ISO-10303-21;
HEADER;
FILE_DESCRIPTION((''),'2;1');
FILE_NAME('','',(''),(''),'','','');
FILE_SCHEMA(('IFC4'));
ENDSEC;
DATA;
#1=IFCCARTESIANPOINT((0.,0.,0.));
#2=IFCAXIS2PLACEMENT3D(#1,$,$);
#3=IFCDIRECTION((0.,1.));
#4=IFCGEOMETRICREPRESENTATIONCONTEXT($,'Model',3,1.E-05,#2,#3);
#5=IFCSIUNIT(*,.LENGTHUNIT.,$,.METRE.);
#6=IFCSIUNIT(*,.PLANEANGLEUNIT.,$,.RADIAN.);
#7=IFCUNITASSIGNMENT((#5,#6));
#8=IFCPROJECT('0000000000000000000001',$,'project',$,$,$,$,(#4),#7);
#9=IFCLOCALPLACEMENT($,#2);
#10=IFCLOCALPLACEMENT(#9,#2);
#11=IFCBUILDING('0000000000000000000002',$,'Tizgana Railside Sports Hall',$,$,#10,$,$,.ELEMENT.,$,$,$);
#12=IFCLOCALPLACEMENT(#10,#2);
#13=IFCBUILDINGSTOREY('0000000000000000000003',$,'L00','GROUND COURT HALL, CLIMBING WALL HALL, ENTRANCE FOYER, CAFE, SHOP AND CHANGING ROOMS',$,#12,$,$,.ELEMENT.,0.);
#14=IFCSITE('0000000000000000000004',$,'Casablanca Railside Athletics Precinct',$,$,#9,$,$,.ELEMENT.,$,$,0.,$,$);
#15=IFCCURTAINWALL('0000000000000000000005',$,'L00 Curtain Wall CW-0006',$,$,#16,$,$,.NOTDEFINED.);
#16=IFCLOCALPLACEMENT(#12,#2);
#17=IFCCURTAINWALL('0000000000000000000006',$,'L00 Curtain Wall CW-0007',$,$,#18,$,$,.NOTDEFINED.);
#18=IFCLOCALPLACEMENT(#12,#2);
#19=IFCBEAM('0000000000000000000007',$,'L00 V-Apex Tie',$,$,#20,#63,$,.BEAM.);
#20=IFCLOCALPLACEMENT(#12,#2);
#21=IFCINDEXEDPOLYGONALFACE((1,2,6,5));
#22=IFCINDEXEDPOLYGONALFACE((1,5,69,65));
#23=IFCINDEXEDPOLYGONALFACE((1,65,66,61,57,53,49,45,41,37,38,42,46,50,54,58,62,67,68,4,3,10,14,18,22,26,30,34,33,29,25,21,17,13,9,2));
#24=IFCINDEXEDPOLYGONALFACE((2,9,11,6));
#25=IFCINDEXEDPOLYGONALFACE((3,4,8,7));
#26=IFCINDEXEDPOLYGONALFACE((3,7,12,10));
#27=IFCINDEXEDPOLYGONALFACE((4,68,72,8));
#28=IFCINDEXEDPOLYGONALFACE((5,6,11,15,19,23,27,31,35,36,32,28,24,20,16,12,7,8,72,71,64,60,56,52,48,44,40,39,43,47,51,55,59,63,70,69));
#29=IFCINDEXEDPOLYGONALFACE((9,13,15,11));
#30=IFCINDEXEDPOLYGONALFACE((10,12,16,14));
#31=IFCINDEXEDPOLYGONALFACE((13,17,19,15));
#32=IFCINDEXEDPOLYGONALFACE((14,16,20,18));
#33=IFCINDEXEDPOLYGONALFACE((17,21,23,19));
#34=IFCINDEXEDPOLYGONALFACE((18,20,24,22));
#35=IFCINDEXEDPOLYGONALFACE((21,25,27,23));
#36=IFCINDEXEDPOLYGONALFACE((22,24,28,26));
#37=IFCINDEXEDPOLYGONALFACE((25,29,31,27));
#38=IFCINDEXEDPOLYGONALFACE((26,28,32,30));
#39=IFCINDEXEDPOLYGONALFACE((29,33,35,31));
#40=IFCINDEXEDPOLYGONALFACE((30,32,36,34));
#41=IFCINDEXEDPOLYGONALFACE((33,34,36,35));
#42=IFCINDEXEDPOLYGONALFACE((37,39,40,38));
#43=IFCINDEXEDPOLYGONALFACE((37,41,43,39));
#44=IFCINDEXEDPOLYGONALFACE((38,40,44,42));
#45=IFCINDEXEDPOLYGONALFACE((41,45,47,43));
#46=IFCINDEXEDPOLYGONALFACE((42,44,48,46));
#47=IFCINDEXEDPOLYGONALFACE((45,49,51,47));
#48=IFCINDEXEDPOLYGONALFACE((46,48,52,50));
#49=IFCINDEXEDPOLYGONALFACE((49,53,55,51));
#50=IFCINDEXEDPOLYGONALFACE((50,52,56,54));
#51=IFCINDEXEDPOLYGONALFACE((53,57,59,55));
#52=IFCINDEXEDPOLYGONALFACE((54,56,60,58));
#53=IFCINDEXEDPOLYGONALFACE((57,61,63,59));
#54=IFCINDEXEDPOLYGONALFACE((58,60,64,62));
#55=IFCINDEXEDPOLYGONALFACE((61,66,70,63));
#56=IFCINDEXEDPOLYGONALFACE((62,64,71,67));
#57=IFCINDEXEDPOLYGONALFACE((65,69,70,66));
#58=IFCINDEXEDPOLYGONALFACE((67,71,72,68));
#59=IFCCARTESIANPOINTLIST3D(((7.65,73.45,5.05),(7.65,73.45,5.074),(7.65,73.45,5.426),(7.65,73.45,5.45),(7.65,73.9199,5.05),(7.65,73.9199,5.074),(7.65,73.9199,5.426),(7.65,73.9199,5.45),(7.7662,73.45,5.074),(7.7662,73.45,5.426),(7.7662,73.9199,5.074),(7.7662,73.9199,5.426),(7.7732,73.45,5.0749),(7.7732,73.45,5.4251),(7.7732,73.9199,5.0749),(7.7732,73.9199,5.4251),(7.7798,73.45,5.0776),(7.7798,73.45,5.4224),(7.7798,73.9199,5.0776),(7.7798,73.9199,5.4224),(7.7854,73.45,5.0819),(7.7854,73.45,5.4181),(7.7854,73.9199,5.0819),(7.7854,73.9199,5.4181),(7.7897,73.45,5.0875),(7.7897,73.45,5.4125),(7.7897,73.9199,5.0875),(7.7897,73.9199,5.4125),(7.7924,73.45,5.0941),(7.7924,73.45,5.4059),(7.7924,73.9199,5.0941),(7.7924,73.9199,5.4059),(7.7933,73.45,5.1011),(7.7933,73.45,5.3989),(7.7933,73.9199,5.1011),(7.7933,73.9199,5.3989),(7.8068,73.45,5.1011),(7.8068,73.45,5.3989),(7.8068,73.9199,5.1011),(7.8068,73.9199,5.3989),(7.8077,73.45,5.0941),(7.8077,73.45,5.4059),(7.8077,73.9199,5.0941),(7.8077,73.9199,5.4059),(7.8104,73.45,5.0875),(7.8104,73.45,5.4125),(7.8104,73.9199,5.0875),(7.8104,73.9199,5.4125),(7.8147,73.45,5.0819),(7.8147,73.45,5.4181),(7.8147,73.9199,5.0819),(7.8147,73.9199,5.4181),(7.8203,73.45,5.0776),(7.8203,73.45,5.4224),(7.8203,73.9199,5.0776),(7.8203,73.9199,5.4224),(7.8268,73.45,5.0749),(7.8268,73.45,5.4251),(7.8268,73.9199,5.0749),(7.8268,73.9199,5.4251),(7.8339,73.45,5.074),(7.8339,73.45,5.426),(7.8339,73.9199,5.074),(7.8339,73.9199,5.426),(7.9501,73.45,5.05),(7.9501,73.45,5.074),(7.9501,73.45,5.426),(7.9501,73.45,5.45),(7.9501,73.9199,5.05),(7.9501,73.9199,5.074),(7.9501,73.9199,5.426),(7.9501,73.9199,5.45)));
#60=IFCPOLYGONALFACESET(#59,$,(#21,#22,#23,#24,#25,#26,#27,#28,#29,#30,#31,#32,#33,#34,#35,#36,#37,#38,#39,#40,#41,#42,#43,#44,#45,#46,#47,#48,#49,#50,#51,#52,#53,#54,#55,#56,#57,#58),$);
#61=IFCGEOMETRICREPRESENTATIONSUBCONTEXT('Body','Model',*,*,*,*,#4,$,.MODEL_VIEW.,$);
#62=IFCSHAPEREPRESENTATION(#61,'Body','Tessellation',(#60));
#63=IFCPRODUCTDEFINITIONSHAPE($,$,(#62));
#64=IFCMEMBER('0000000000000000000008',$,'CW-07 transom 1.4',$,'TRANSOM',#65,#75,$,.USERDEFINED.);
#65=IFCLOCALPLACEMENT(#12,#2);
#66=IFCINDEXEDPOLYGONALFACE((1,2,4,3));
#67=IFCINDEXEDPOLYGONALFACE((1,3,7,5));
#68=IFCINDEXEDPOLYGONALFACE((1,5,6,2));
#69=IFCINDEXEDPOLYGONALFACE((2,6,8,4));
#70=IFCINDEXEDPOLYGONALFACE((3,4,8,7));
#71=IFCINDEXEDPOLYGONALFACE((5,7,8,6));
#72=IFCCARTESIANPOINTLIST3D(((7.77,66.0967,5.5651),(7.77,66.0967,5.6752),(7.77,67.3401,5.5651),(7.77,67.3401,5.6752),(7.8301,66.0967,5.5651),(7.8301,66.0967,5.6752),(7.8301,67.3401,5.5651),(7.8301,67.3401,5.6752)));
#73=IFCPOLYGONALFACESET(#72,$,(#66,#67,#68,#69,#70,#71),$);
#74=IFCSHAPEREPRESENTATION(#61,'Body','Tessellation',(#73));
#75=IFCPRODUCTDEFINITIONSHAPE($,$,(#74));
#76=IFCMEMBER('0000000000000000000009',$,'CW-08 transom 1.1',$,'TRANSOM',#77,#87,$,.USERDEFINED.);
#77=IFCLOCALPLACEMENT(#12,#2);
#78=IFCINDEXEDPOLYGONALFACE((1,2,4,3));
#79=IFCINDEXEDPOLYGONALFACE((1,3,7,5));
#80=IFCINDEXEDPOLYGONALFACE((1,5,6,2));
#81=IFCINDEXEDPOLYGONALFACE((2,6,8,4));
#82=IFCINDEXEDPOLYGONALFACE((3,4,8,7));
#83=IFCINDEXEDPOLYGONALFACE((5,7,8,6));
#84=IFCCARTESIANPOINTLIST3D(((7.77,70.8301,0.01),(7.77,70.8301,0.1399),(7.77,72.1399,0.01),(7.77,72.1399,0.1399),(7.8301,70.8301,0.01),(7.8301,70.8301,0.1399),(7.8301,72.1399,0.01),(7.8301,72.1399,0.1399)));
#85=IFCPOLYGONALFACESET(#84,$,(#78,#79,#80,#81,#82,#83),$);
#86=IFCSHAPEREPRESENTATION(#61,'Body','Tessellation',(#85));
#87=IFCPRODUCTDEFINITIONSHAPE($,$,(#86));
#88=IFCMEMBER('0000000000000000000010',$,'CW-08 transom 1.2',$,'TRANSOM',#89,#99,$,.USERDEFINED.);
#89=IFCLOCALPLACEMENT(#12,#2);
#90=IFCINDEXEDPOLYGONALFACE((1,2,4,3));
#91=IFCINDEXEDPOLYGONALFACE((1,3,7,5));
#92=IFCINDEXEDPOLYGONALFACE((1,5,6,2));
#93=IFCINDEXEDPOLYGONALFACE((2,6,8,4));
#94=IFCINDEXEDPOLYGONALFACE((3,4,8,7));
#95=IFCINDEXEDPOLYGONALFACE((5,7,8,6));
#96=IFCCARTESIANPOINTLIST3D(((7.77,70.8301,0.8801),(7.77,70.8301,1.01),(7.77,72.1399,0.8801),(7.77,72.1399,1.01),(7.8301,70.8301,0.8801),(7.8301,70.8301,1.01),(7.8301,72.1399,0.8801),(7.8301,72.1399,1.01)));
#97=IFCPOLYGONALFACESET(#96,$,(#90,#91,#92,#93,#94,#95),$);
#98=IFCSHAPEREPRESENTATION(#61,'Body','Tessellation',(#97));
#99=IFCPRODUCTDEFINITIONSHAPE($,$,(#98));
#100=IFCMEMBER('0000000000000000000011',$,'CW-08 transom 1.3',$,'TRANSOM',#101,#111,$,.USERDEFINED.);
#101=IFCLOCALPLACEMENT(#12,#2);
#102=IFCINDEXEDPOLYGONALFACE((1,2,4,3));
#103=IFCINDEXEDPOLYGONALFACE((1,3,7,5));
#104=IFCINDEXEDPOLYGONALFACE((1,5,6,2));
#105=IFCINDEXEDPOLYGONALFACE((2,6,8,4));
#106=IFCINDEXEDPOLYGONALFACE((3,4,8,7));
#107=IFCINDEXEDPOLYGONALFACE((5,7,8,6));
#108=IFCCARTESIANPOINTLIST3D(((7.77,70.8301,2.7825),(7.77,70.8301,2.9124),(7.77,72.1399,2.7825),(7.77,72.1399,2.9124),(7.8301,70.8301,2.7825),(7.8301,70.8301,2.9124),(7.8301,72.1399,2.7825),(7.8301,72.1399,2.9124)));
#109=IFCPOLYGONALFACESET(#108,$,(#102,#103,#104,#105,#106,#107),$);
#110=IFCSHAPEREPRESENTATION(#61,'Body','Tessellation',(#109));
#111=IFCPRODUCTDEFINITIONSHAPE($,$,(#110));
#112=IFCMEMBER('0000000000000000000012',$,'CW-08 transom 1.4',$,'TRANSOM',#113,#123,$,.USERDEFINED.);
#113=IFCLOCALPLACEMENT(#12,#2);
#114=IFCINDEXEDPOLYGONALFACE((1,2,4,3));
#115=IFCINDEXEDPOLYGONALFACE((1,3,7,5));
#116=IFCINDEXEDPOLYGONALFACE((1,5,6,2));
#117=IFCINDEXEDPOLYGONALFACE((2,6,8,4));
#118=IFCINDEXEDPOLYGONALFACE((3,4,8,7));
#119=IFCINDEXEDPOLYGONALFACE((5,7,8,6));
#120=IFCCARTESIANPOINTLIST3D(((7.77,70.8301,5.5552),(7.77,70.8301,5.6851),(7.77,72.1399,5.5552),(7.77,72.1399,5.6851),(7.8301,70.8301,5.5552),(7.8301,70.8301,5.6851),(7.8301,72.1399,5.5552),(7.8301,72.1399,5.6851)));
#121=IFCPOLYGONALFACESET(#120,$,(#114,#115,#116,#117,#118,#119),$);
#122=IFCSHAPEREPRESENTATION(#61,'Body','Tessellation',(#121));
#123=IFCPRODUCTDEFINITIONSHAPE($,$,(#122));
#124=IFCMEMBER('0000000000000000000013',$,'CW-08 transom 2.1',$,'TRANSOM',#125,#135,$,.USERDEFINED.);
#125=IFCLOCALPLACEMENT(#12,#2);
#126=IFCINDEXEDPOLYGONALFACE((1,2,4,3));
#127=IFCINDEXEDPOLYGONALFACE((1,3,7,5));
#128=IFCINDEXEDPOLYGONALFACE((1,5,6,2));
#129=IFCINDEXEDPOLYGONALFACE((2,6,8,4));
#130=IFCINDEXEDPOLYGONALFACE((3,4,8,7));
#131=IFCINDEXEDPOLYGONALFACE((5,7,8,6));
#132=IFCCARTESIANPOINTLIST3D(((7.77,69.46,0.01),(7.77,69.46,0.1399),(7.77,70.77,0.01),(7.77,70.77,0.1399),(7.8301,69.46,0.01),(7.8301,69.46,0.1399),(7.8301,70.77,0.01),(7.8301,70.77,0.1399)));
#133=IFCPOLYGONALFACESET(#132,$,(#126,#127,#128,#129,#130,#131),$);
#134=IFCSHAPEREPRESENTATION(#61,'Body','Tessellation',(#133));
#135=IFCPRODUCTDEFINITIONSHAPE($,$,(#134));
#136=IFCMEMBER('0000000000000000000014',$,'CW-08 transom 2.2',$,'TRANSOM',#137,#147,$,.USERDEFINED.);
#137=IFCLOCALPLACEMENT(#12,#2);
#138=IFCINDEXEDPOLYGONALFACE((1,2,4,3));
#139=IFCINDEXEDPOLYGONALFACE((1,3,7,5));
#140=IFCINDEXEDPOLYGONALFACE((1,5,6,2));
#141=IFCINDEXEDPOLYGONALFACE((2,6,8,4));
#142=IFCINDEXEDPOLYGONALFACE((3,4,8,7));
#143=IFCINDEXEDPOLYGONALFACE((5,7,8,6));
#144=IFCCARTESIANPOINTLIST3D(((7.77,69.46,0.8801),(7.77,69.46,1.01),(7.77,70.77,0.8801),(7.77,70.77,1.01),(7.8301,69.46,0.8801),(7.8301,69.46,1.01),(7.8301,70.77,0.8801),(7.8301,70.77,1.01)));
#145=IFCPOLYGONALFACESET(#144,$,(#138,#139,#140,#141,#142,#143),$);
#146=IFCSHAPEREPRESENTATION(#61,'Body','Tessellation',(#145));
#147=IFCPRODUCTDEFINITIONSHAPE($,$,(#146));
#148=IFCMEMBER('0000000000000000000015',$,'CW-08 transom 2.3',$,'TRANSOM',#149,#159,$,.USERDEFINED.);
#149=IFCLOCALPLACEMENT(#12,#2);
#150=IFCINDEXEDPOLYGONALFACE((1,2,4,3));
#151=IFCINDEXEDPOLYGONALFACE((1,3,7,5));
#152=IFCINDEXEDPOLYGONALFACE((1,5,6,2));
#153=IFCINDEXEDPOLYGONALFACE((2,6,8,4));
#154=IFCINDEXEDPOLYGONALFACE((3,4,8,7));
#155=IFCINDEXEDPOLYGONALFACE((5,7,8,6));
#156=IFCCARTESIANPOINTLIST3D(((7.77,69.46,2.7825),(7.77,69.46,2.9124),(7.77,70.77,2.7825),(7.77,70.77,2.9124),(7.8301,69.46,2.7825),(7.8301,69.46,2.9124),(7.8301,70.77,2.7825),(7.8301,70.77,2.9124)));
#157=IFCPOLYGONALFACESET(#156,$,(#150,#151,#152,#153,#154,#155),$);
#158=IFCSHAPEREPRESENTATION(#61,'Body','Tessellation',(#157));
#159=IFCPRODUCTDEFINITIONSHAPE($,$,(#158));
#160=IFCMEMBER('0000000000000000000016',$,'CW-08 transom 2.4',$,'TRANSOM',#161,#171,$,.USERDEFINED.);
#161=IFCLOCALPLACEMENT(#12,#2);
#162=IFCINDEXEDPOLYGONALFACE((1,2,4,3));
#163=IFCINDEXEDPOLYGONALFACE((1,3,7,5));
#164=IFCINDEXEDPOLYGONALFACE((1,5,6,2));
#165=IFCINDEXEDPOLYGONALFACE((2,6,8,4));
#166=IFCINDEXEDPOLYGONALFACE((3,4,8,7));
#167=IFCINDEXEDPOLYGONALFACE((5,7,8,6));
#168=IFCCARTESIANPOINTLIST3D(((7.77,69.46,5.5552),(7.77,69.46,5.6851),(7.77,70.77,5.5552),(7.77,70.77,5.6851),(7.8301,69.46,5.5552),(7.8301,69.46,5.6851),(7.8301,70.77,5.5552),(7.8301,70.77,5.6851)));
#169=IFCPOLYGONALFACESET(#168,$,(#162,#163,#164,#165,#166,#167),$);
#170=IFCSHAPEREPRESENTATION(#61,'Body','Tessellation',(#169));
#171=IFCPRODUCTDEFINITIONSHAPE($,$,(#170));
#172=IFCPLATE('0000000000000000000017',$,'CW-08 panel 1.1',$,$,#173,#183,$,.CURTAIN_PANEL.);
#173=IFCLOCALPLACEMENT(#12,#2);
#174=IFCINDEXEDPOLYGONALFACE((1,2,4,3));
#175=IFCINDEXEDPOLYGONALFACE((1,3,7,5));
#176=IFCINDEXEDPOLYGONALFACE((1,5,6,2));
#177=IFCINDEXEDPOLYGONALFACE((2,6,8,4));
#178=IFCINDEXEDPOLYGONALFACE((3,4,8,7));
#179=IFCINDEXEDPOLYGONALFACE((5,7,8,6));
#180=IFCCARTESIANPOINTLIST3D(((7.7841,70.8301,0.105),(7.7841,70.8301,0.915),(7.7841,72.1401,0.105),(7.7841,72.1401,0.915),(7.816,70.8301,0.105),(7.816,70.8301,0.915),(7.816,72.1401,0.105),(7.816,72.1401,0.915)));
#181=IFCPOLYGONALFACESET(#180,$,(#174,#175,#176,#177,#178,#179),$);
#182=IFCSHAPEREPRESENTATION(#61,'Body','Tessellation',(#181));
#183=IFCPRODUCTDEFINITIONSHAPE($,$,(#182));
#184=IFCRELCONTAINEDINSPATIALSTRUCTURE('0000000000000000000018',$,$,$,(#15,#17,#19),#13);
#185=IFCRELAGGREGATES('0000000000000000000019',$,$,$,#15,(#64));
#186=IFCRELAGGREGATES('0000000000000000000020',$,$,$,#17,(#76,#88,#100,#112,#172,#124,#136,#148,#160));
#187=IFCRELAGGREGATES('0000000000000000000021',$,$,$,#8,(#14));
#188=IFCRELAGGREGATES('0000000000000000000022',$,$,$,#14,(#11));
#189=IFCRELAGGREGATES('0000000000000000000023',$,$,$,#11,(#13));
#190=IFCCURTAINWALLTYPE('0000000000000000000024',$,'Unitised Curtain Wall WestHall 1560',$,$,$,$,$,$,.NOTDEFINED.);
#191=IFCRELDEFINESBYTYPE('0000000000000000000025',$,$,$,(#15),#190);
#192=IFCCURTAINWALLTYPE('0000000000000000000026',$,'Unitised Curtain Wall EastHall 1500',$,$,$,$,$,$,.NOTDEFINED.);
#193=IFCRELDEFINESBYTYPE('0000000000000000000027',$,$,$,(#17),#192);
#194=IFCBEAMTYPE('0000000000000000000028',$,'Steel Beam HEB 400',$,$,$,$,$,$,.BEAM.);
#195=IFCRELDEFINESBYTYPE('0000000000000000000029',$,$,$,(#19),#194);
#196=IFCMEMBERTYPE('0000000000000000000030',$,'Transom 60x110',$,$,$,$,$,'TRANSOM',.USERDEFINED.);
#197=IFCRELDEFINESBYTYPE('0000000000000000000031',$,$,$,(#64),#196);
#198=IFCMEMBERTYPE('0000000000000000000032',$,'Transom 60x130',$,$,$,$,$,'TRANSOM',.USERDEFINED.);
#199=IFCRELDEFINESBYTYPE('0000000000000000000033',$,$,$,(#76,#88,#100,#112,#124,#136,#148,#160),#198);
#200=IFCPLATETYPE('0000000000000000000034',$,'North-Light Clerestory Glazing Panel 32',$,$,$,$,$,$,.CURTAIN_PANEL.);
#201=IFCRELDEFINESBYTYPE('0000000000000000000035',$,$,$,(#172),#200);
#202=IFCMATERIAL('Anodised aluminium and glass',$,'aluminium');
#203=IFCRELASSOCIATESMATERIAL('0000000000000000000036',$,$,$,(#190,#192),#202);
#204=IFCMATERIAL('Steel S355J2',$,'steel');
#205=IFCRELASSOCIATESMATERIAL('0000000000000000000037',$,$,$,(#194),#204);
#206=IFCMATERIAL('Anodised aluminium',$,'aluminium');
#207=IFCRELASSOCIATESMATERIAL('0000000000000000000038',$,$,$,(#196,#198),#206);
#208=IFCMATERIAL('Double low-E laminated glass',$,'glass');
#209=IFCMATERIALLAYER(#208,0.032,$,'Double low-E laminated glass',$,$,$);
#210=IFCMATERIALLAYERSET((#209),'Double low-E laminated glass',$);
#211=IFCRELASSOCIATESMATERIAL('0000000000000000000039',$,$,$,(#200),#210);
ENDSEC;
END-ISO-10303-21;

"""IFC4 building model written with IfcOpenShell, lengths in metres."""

from ifc_helpers import new_model, si_unit, direction, frame, origin, origin_2d, place, context, subcontext, project, spatial, rectangle, i_section, extrude, material, layer, layer_set, material_profile, profile_set, type_object, element, aggregate, save


model = new_model("IFC4")

# Units and contexts
model_context = context("Model", 3, precision=1e-05, world=origin(), true_north=direction((0.0, 1.0)))
body_context = subcontext(model_context, "Body", "Model", "MODEL_VIEW")
ifc_project = project(units=[si_unit("LENGTHUNIT", "METRE"), si_unit("PLANEANGLEUNIT", "RADIAN")], contexts=[model_context])

# Site, building, storey
site_placement = place(None, origin())
site = spatial("IfcSite", under=ifc_project, at=site_placement, Name="Casablanca Railside Athletics Precinct", CompositionType="ELEMENT", RefElevation=0.0)
building_placement = place(site_placement, origin())
building = spatial("IfcBuilding", under=site, at=building_placement, Name="Tizgana Railside Sports Hall", CompositionType="ELEMENT")
storey_placement = place(building_placement, origin())
storey = spatial("IfcBuildingStorey", under=building, at=storey_placement, Name="L00", Description="GROUND COURT HALL, CLIMBING WALL HALL, ENTRANCE FOYER, CAFE, SHOP AND CHANGING ROOMS", CompositionType="ELEMENT", Elevation=0.0)

# Shared definitions
ifc_material_1 = material(Name="Steel S355J2", Category="steel")

# Curtain wall
ifc_material_2 = material(Name="Anodised aluminium and glass", Category="aluminium")
curtain_wall_type_1 = type_object("IfcCurtainWallType", Name="Unitised Curtain Wall WestHall 1560", PredefinedType="NOTDEFINED", material=ifc_material_2)
curtain_wall_1_placement = place(storey_placement, origin())
curtain_wall_1 = element("IfcCurtainWall", 1, at=curtain_wall_1_placement, inside=storey, type_object=curtain_wall_type_1, Name="L00 Curtain Wall CW-0006", PredefinedType="NOTDEFINED")
ifc_material_3 = material(Name="Anodised aluminium", Category="aluminium")

# Curtain wall
curtain_wall_type_2 = type_object("IfcCurtainWallType", Name="Unitised Curtain Wall EastHall 1500", PredefinedType="NOTDEFINED", material=ifc_material_2)
curtain_wall_2_placement = place(storey_placement, origin())
curtain_wall_2 = element("IfcCurtainWall", 2, at=curtain_wall_2_placement, inside=storey, type_object=curtain_wall_type_2, Name="L00 Curtain Wall CW-0007", PredefinedType="NOTDEFINED")

# Beam
ifc_material_profile_1 = material_profile(ifc_material_1, i_section(OverallWidth=0.3, OverallDepth=0.3999, WebThickness=0.0134, FlangeThickness=0.0239, FilletRadius=0.0271, at=origin_2d()), Name="HEB 400")
ifc_profile_set_1 = profile_set([ifc_material_profile_1], Name="Steel S355J2")
beam_type_1 = type_object("IfcBeamType", Name="Steel Beam HEB 400", PredefinedType="BEAM", material=ifc_profile_set_1)
beam_1_placement = place(storey_placement, frame((7.8, 73.9199, 5.25), z_axis=(0.0, -1.0, 0.0), x_axis=(1.0, 0.0, 0.0)))
element("IfcBeam", 3, at=beam_1_placement, inside=storey, type_object=beam_type_1, Name="L00 V-Apex Tie", PredefinedType="BEAM", context=body_context, shape_type="SweptSolid", body=[
    extrude(i_section(OverallWidth=0.3, OverallDepth=0.3999, WebThickness=0.0134, FlangeThickness=0.0239, FilletRadius=0.0271, at=origin_2d()), origin(), (0.0, 0.0, 1.0), 0.47),
])

# Members
ifc_material_profile_2 = material_profile(ifc_material_3, rectangle(XDim=0.0601, YDim=0.1101, at=origin_2d()), Name="Transom 60x110")
ifc_profile_set_2 = profile_set([ifc_material_profile_2], Name="Anodised aluminium")
member_type_1 = type_object("IfcMemberType", Name="Transom 60x110", ElementType="TRANSOM", PredefinedType="USERDEFINED", material=ifc_profile_set_2)
member_1_placement = place(storey_placement, frame((7.8, 67.3401, 5.6201), z_axis=(0.0, -1.0, 0.0), x_axis=(1.0, 0.0, 0.0)))
member_1 = element("IfcMember", 4, at=member_1_placement, type_object=member_type_1, Name="CW-07 transom 1.4", ObjectType="TRANSOM", PredefinedType="USERDEFINED", context=body_context, shape_type="SweptSolid", body=[
    extrude(rectangle(XDim=0.0601, YDim=0.1101, at=origin_2d()), origin(), (0.0, 0.0, 1.0), 1.2434),
])
aggregate(curtain_wall_1, [member_1])
ifc_material_profile_3 = material_profile(ifc_material_3, rectangle(XDim=0.0601, YDim=0.1299, at=origin_2d()), Name="Transom 60x130")
ifc_profile_set_3 = profile_set([ifc_material_profile_3], Name="Anodised aluminium")
member_type_2 = type_object("IfcMemberType", Name="Transom 60x130", ElementType="TRANSOM", PredefinedType="USERDEFINED", material=ifc_profile_set_3)
member_2_placement = place(storey_placement, frame((7.8, 72.1399, 0.075), z_axis=(0.0, -1.0, 0.0), x_axis=(1.0, 0.0, 0.0)))
member_2 = element("IfcMember", 5, at=member_2_placement, type_object=member_type_2, Name="CW-08 transom 1.1", ObjectType="TRANSOM", PredefinedType="USERDEFINED", context=body_context, shape_type="SweptSolid", body=[
    extrude(rectangle(XDim=0.0601, YDim=0.1299, at=origin_2d()), origin(), (0.0, 0.0, 1.0), 1.3098),
])
member_3_placement = place(storey_placement, frame((7.8, 72.1399, 0.9451), z_axis=(0.0, -1.0, 0.0), x_axis=(1.0, 0.0, 0.0)))
member_3 = element("IfcMember", 6, at=member_3_placement, type_object=member_type_2, Name="CW-08 transom 1.2", ObjectType="TRANSOM", PredefinedType="USERDEFINED", context=body_context, shape_type="SweptSolid", body=[
    extrude(rectangle(XDim=0.0601, YDim=0.1299, at=origin_2d()), origin(), (0.0, 0.0, 1.0), 1.3098),
])
member_4_placement = place(storey_placement, frame((7.8, 72.1399, 2.8474), z_axis=(0.0, -1.0, 0.0), x_axis=(1.0, 0.0, 0.0)))
member_4 = element("IfcMember", 7, at=member_4_placement, type_object=member_type_2, Name="CW-08 transom 1.3", ObjectType="TRANSOM", PredefinedType="USERDEFINED", context=body_context, shape_type="SweptSolid", body=[
    extrude(rectangle(XDim=0.0601, YDim=0.1299, at=origin_2d()), origin(), (0.0, 0.0, 1.0), 1.3098),
])
member_5_placement = place(storey_placement, frame((7.8, 72.1399, 5.6201), z_axis=(0.0, -1.0, 0.0), x_axis=(1.0, 0.0, 0.0)))
member_5 = element("IfcMember", 8, at=member_5_placement, type_object=member_type_2, Name="CW-08 transom 1.4", ObjectType="TRANSOM", PredefinedType="USERDEFINED", context=body_context, shape_type="SweptSolid", body=[
    extrude(rectangle(XDim=0.0601, YDim=0.1299, at=origin_2d()), origin(), (0.0, 0.0, 1.0), 1.3098),
])
member_6_placement = place(storey_placement, frame((7.8, 70.77, 0.075), z_axis=(0.0, -1.0, 0.0), x_axis=(1.0, 0.0, 0.0)))
member_6 = element("IfcMember", 9, at=member_6_placement, type_object=member_type_2, Name="CW-08 transom 2.1", ObjectType="TRANSOM", PredefinedType="USERDEFINED", context=body_context, shape_type="SweptSolid", body=[
    extrude(rectangle(XDim=0.0601, YDim=0.1299, at=origin_2d()), origin(), (0.0, 0.0, 1.0), 1.3101),
])
member_7_placement = place(storey_placement, frame((7.8, 70.77, 0.9451), z_axis=(0.0, -1.0, 0.0), x_axis=(1.0, 0.0, 0.0)))
member_7 = element("IfcMember", 10, at=member_7_placement, type_object=member_type_2, Name="CW-08 transom 2.2", ObjectType="TRANSOM", PredefinedType="USERDEFINED", context=body_context, shape_type="SweptSolid", body=[
    extrude(rectangle(XDim=0.0601, YDim=0.1299, at=origin_2d()), origin(), (0.0, 0.0, 1.0), 1.3101),
])
member_8_placement = place(storey_placement, frame((7.8, 70.77, 2.8474), z_axis=(0.0, -1.0, 0.0), x_axis=(1.0, 0.0, 0.0)))
member_8 = element("IfcMember", 11, at=member_8_placement, type_object=member_type_2, Name="CW-08 transom 2.3", ObjectType="TRANSOM", PredefinedType="USERDEFINED", context=body_context, shape_type="SweptSolid", body=[
    extrude(rectangle(XDim=0.0601, YDim=0.1299, at=origin_2d()), origin(), (0.0, 0.0, 1.0), 1.3101),
])
member_9_placement = place(storey_placement, frame((7.8, 70.77, 5.6201), z_axis=(0.0, -1.0, 0.0), x_axis=(1.0, 0.0, 0.0)))
member_9 = element("IfcMember", 12, at=member_9_placement, type_object=member_type_2, Name="CW-08 transom 2.4", ObjectType="TRANSOM", PredefinedType="USERDEFINED", context=body_context, shape_type="SweptSolid", body=[
    extrude(rectangle(XDim=0.0601, YDim=0.1299, at=origin_2d()), origin(), (0.0, 0.0, 1.0), 1.3101),
])

# Plate
ifc_material_4 = material(Name="Double low-E laminated glass", Category="glass")
ifc_layer_1 = layer(ifc_material_4, 0.032, Name="Double low-E laminated glass")
ifc_layer_set_1 = layer_set([ifc_layer_1], Name="Double low-E laminated glass")
plate_type_1 = type_object("IfcPlateType", Name="North-Light Clerestory Glazing Panel 32", PredefinedType="CURTAIN_PANEL", material=ifc_layer_set_1)
plate_1_placement = place(storey_placement, frame((7.8, 71.4851, 0.105), z_axis=(0.0, 0.0, 1.0), x_axis=(0.0, -1.0, 0.0)))
plate_1 = element("IfcPlate", 13, at=plate_1_placement, type_object=plate_type_1, Name="CW-08 panel 1.1", PredefinedType="CURTAIN_PANEL", context=body_context, shape_type="SweptSolid", body=[
    extrude(rectangle(XDim=1.3101, YDim=0.032, at=origin_2d()), origin(), (0.0, 0.0, 1.0), 0.8101),
])
aggregate(curtain_wall_2, [member_2, member_3, member_4, member_5, plate_1, member_6, member_7, member_8, member_9])

save(model, "model.ifc")
